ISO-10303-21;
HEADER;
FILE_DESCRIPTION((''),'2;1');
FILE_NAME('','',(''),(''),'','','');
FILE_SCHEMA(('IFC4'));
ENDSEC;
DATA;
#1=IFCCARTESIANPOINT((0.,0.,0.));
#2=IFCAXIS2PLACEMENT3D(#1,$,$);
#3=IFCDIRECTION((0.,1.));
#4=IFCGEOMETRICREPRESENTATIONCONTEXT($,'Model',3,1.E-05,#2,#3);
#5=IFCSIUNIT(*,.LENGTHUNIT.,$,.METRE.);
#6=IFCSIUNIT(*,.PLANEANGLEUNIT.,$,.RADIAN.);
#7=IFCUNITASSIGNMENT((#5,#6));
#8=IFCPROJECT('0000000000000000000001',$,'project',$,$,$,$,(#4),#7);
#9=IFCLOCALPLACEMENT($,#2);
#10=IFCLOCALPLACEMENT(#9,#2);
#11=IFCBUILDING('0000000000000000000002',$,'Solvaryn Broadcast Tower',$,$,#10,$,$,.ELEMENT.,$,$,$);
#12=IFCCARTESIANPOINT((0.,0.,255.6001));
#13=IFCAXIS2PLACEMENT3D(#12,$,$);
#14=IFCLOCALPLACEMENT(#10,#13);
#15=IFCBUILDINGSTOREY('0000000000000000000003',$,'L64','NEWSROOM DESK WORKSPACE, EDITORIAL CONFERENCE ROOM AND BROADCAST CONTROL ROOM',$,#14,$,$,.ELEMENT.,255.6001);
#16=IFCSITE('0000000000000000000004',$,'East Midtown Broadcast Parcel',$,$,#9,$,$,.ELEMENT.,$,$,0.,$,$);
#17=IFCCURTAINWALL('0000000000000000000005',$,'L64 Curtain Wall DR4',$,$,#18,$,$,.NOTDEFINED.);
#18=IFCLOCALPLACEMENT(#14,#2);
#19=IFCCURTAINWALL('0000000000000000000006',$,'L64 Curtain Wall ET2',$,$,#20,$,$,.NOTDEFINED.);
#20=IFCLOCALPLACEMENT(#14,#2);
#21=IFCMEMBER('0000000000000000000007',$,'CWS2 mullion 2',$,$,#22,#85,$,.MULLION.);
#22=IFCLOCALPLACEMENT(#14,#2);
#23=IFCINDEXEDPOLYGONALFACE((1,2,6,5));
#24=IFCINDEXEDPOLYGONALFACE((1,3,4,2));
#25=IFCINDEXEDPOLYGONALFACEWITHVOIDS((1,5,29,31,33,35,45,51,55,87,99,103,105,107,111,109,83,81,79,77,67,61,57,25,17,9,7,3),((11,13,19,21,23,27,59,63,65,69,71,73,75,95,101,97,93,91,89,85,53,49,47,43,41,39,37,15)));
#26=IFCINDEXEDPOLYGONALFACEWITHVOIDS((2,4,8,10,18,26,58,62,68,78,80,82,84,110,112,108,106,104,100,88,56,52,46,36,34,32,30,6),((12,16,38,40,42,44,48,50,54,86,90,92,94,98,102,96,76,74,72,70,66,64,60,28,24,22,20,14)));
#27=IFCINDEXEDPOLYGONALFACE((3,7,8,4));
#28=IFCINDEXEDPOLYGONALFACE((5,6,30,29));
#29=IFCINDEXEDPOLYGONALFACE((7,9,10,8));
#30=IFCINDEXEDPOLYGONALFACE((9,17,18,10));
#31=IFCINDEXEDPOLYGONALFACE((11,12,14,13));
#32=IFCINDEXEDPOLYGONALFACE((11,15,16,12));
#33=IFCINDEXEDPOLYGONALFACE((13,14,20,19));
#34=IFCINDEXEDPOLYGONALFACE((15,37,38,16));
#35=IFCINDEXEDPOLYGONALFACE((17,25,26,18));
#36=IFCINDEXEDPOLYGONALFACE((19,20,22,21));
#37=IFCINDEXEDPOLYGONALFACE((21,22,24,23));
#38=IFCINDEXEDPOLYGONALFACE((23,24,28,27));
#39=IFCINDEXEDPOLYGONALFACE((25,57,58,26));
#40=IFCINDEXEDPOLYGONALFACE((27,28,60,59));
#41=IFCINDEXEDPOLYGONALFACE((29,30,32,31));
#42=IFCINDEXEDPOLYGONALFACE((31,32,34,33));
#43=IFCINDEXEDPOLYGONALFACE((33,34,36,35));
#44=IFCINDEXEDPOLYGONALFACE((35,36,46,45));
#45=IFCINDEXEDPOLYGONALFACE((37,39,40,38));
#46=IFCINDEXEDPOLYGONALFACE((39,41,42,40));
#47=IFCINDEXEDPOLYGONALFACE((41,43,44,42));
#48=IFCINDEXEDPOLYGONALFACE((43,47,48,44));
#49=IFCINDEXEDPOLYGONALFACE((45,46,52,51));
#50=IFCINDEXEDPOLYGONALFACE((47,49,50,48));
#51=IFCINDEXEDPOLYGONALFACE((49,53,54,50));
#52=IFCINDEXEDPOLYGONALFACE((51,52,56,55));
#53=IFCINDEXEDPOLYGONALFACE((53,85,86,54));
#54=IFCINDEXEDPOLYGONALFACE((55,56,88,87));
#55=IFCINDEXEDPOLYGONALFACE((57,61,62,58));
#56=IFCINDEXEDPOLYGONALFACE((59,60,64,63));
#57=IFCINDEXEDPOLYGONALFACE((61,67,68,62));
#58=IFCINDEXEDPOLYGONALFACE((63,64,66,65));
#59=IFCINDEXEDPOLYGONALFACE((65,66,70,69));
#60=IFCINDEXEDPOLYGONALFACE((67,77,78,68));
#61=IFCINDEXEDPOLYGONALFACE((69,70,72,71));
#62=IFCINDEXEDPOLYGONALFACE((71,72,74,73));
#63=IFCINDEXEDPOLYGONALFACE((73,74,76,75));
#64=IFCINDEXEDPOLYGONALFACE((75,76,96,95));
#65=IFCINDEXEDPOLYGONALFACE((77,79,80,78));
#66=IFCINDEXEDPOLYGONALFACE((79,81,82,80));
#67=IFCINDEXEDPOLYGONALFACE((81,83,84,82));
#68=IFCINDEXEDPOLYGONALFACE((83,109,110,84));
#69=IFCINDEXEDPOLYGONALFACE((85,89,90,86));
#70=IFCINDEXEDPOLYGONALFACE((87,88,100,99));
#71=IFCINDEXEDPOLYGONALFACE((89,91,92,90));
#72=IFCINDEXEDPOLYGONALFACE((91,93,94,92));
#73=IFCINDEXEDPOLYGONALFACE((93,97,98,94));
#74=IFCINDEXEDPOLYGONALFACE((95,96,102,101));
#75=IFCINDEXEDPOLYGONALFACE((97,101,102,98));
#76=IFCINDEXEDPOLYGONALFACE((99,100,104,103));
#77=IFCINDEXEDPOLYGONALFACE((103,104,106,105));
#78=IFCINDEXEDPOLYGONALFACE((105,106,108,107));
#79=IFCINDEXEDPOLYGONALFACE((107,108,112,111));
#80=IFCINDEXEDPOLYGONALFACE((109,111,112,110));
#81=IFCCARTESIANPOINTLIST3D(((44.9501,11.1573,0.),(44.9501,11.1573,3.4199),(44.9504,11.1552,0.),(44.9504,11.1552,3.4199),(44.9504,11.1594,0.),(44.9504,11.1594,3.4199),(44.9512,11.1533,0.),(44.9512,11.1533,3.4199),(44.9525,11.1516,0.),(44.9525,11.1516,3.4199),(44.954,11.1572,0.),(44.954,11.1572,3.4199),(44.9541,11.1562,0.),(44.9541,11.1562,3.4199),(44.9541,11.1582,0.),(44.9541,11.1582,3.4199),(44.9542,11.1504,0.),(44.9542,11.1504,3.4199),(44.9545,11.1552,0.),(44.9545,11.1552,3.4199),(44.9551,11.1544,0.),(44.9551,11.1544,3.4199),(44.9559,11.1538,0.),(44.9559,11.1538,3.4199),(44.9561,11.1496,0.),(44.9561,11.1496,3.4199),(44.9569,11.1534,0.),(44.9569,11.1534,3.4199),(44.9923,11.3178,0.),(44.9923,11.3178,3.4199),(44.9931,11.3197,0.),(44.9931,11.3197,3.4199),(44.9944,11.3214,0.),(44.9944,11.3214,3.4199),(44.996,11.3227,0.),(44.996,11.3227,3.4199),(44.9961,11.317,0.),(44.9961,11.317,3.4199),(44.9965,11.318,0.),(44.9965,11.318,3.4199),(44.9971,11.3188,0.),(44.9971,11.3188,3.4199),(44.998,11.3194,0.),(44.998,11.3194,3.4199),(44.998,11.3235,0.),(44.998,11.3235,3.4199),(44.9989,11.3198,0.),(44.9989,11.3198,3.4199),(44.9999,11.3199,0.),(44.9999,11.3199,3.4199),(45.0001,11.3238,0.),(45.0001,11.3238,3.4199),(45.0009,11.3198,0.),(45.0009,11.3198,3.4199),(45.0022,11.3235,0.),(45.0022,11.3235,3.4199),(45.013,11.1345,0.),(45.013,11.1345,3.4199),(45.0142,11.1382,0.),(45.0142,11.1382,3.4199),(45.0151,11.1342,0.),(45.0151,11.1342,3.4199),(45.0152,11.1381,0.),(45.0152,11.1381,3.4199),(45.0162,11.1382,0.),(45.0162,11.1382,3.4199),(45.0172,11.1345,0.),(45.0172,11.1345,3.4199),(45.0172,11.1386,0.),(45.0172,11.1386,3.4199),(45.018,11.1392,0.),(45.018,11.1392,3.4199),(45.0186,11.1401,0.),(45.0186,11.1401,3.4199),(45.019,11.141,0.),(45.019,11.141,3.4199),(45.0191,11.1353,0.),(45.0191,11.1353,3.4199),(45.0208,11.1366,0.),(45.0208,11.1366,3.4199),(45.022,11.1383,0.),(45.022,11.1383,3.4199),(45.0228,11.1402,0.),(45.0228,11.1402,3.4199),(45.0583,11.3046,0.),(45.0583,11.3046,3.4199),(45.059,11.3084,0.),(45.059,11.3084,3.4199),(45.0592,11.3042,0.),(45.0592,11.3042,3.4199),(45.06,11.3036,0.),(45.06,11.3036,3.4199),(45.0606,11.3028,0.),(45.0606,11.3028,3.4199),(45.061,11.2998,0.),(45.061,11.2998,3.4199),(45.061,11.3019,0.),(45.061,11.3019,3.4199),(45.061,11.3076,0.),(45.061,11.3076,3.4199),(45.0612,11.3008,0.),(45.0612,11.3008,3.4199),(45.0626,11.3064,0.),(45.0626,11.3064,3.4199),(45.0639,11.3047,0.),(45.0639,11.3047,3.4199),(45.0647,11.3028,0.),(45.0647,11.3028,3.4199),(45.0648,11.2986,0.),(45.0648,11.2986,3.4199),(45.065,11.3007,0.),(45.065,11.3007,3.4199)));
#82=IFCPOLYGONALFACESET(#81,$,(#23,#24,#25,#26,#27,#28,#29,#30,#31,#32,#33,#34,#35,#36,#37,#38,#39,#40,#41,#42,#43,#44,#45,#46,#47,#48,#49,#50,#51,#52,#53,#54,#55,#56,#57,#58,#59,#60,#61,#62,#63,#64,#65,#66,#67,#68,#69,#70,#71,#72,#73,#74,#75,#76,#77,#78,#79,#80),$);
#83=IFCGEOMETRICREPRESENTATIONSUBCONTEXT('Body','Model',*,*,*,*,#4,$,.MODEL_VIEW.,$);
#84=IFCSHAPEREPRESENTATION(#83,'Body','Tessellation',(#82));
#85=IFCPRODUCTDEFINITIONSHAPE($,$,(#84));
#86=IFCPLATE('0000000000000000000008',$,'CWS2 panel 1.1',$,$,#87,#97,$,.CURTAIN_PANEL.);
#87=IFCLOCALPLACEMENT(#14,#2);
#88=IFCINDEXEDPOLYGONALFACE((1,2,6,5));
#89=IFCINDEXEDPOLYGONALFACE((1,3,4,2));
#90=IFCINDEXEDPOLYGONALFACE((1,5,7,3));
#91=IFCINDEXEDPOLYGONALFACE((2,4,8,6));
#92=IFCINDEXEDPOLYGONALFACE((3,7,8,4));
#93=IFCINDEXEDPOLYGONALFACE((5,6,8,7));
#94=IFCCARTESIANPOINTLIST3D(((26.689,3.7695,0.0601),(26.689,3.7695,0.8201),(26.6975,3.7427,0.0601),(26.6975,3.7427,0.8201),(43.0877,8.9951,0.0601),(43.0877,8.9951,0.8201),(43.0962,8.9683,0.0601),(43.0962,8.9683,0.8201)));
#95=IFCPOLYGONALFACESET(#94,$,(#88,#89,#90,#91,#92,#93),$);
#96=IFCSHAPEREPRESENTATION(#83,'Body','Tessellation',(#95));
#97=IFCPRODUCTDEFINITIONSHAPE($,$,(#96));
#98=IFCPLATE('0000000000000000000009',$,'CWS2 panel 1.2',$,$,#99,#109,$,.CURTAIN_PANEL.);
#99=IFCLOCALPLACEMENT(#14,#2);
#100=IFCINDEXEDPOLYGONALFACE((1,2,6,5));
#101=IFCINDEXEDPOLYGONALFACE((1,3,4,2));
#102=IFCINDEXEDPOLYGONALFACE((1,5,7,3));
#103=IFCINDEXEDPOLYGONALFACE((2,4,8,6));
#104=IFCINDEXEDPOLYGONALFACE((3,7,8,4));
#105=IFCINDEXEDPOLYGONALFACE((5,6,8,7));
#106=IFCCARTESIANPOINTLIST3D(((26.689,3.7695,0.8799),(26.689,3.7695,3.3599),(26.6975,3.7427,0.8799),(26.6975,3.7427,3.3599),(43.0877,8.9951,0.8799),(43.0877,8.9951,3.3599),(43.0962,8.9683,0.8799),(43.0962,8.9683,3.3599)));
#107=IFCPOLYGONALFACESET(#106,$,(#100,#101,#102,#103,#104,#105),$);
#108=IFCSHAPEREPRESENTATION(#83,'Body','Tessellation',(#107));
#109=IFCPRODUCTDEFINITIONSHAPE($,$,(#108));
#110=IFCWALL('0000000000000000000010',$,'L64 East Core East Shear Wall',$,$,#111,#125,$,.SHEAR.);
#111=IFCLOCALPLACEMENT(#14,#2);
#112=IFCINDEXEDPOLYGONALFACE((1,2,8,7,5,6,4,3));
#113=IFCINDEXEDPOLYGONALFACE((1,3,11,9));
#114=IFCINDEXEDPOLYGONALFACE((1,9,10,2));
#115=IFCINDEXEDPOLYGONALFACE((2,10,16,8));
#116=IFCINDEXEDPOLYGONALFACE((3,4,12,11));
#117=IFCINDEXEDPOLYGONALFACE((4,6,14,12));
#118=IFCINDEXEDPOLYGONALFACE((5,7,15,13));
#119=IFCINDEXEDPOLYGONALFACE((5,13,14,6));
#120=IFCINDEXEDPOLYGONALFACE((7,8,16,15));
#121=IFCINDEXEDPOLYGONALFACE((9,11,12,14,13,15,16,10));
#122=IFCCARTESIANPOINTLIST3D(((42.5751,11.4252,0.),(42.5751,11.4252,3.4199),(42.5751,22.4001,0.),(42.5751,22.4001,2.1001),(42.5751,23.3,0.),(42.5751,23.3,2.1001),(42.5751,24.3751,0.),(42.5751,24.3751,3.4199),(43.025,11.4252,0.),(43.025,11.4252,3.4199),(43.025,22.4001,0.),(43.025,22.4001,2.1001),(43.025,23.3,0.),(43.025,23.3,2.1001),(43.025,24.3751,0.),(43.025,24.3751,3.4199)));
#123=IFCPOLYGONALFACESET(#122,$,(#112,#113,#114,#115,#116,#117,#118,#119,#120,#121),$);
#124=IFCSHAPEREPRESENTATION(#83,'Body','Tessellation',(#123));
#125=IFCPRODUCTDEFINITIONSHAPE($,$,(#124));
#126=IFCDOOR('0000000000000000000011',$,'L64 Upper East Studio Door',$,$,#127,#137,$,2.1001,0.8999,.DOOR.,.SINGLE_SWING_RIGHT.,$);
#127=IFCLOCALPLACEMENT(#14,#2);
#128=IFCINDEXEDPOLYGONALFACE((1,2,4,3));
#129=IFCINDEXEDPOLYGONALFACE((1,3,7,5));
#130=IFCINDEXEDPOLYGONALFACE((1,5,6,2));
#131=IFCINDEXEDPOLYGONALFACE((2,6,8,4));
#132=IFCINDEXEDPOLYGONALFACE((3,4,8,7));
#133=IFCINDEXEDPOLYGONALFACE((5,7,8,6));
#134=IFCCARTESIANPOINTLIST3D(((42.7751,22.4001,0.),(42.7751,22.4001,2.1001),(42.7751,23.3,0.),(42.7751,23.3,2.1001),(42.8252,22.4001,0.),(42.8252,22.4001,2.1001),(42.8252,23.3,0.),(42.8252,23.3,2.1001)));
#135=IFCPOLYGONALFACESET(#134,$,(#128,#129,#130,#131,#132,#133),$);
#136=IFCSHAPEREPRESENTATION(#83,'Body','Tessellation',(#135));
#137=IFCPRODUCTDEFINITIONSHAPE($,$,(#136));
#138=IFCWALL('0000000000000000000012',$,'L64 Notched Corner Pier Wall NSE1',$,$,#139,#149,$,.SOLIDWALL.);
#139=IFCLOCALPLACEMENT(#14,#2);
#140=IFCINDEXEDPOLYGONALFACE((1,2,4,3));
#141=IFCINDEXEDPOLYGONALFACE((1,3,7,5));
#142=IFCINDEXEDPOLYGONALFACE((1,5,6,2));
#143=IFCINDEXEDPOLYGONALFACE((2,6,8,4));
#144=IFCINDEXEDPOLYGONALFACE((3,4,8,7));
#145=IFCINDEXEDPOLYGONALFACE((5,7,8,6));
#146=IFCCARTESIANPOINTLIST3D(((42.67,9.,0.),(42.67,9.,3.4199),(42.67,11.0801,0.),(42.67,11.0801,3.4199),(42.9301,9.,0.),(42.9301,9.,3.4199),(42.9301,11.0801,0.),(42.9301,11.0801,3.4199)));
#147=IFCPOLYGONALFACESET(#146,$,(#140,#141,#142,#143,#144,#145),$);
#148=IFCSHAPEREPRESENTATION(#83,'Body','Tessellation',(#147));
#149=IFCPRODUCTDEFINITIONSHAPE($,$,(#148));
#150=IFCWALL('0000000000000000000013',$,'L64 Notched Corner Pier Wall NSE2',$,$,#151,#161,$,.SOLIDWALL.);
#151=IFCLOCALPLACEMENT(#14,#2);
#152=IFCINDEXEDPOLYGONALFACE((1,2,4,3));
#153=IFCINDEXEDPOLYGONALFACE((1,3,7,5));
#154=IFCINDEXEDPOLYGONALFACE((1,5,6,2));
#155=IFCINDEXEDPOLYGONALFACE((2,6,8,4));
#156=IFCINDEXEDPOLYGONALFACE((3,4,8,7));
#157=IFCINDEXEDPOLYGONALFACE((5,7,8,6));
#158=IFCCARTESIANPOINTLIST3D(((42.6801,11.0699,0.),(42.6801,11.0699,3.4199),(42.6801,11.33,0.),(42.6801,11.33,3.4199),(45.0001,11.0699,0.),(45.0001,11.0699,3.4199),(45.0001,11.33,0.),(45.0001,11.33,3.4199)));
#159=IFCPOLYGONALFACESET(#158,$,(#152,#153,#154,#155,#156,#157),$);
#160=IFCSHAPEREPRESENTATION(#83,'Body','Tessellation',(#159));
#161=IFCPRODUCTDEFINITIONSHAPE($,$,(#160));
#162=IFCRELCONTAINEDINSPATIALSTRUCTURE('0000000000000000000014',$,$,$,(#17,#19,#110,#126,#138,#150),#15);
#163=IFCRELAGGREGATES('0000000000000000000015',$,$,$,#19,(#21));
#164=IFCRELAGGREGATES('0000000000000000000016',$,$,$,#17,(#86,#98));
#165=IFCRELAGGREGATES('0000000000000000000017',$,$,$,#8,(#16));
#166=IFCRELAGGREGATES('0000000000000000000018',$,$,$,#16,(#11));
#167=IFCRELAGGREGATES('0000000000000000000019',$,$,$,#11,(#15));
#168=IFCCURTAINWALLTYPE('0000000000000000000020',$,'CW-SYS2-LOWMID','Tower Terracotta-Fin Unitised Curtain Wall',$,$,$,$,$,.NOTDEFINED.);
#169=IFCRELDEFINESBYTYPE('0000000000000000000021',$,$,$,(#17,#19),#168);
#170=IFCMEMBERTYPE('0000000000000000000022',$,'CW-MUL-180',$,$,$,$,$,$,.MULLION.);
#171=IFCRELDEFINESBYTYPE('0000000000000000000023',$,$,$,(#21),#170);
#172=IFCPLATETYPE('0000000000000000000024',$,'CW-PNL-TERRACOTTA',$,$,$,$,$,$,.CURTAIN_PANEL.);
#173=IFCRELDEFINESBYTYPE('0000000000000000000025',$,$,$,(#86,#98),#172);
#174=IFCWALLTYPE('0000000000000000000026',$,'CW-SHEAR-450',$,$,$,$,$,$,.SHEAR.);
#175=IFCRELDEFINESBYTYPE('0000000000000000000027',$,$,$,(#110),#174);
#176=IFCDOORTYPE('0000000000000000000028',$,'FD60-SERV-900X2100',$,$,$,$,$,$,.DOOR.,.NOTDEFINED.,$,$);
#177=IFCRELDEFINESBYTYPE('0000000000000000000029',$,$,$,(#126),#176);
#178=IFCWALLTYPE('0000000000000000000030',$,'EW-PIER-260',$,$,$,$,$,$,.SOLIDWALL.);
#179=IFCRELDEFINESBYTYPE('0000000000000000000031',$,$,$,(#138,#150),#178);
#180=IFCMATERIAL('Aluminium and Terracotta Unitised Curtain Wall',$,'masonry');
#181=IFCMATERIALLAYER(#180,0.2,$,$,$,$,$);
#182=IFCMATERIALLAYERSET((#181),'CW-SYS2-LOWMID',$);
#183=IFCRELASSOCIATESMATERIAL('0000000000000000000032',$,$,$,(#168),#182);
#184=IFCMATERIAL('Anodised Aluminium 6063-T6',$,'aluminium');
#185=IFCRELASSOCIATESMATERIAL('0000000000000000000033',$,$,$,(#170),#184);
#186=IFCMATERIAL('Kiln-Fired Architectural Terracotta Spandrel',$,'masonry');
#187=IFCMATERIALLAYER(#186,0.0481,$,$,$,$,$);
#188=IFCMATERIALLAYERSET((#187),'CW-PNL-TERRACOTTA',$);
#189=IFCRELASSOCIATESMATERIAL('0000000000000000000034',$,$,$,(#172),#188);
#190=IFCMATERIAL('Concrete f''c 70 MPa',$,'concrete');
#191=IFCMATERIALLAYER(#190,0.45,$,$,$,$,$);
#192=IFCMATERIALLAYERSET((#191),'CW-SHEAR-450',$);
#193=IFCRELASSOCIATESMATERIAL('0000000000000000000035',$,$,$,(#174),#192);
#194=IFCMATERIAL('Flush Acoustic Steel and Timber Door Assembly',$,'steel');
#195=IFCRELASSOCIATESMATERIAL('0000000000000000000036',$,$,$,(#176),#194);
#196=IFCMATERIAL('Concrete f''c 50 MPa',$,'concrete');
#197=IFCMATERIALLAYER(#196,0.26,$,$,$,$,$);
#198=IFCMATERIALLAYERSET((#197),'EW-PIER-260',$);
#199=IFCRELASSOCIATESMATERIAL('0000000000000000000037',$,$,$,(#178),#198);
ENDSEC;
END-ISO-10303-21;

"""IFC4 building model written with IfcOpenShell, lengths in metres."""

from ifc_helpers import new_model, si_unit, direction, frame, frame_2d, origin, origin_2d, place, context, subcontext, project, spatial, rectangle, hollow_rectangle, extrude, material, layer, layer_set, material_profile, profile_set, type_object, element, fill, aggregate, save


model = new_model("IFC4")

# Units and contexts
model_context = context("Model", 3, precision=1e-05, world=origin(), true_north=direction((0.0, 1.0)))
body_context = subcontext(model_context, "Body", "Model", "MODEL_VIEW")
ifc_project = project(units=[si_unit("LENGTHUNIT", "METRE"), si_unit("PLANEANGLEUNIT", "RADIAN")], contexts=[model_context])

# Site, building, storey
site_placement = place(None, origin())
site = spatial("IfcSite", under=ifc_project, at=site_placement, Name="East Midtown Broadcast Parcel", CompositionType="ELEMENT", RefElevation=0.0)
building_placement = place(site_placement, origin())
building = spatial("IfcBuilding", under=site, at=building_placement, Name="Solvaryn Broadcast Tower", CompositionType="ELEMENT")
storey_placement = place(building_placement, frame((0.0, 0.0, 255.6001)))
storey = spatial("IfcBuildingStorey", under=building, at=storey_placement, Name="L64", Description="NEWSROOM DESK WORKSPACE, EDITORIAL CONFERENCE ROOM AND BROADCAST CONTROL ROOM", CompositionType="ELEMENT", Elevation=255.6001)

# Curtain walls, member
ifc_material_1 = material(Name="Aluminium and Terracotta Unitised Curtain Wall", Category="masonry")
ifc_layer_1 = layer(ifc_material_1, 0.2)
ifc_layer_set_1 = layer_set([ifc_layer_1], Name="CW-SYS2-LOWMID")
curtain_wall_type = type_object("IfcCurtainWallType", Name="CW-SYS2-LOWMID", Description="Tower Terracotta-Fin Unitised Curtain Wall", PredefinedType="NOTDEFINED", material=ifc_layer_set_1)
curtain_wall_1_placement = place(storey_placement, origin())
curtain_wall_1 = element("IfcCurtainWall", 1, at=curtain_wall_1_placement, inside=storey, type_object=curtain_wall_type, Name="L64 Curtain Wall DR4", PredefinedType="NOTDEFINED")
ifc_material_2 = material(Name="Anodised Aluminium 6063-T6", Category="aluminium")
ifc_material_profile_1 = material_profile(ifc_material_2, hollow_rectangle(XDim=0.075, YDim=0.1799, WallThickness=0.0039, InnerFilletRadius=0.0039, OuterFilletRadius=0.0081, at=origin_2d()))
ifc_profile_set_1 = profile_set([ifc_material_profile_1], Name="Anodised Aluminium 6063-T6")
member_type = type_object("IfcMemberType", Name="CW-MUL-180", PredefinedType="MULLION", material=ifc_profile_set_1)
curtain_wall_2_placement = place(storey_placement, origin())
curtain_wall_2 = element("IfcCurtainWall", 2, at=curtain_wall_2_placement, inside=storey, type_object=curtain_wall_type, Name="L64 Curtain Wall ET2", PredefinedType="NOTDEFINED")
member_1_placement = place(storey_placement, frame((45.0076, 11.229, 0.0), z_axis=(0.0, 0.0, 1.0), x_axis=(0.966705, -0.255893, 0.0)))
member_1 = element("IfcMember", 3, at=member_1_placement, type_object=member_type, Name="CWS2 mullion 2", PredefinedType="MULLION", context=body_context, shape_type="SweptSolid", body=[
    extrude(hollow_rectangle(XDim=0.075, YDim=0.1799, WallThickness=0.0039, InnerFilletRadius=0.0039, OuterFilletRadius=0.0081, at=origin_2d()), origin(), (0.0, 0.0, 1.0), 3.4199),
])
aggregate(curtain_wall_2, [member_1])

# Plates
ifc_material_3 = material(Name="Kiln-Fired Architectural Terracotta Spandrel", Category="masonry")
ifc_layer_2 = layer(ifc_material_3, 0.0481)
ifc_layer_set_2 = layer_set([ifc_layer_2], Name="CW-PNL-TERRACOTTA")
plate_type = type_object("IfcPlateType", Name="CW-PNL-TERRACOTTA", PredefinedType="CURTAIN_PANEL", material=ifc_layer_set_2)
plate_1_placement = place(storey_placement, frame((34.8926, 6.3689, 0.0601), z_axis=(0.0, 0.0, 1.0), x_axis=(0.952795, 0.303616, 0.0)))
plate_1 = element("IfcPlate", 4, at=plate_1_placement, type_object=plate_type, Name="CWS2 panel 1.1", PredefinedType="CURTAIN_PANEL", context=body_context, shape_type="SweptSolid", body=[
    extrude(rectangle(XDim=17.2112, YDim=0.0281, at=origin_2d()), origin(), (0.0, 0.0, 1.0), 0.76),
])
plate_2_placement = place(storey_placement, frame((34.8926, 6.3689, 0.8799), z_axis=(0.0, 0.0, 1.0), x_axis=(0.952795, 0.303616, 0.0)))
plate_2 = element("IfcPlate", 5, at=plate_2_placement, type_object=plate_type, Name="CWS2 panel 1.2", PredefinedType="CURTAIN_PANEL", context=body_context, shape_type="SweptSolid", body=[
    extrude(rectangle(XDim=17.2112, YDim=0.0281, at=origin_2d()), origin(), (0.0, 0.0, 1.0), 2.48),
])
aggregate(curtain_wall_1, [plate_1, plate_2])

# Wall, opening, door
ifc_material_4 = material(Name="Concrete f'c 70 MPa", Category="concrete")
ifc_layer_3 = layer(ifc_material_4, 0.45)
ifc_layer_set_3 = layer_set([ifc_layer_3], Name="CW-SHEAR-450")
wall_type_1 = type_object("IfcWallType", Name="CW-SHEAR-450", PredefinedType="SHEAR", material=ifc_layer_set_3)
wall_1_placement = place(storey_placement, frame((42.8, 11.425, 0.0), z_axis=(0.0, 0.0, 1.0), x_axis=(0.0, 1.0, 0.0)))
wall_1 = element("IfcWall", 6, at=wall_1_placement, inside=storey, type_object=wall_type_1, Name="L64 East Core East Shear Wall", PredefinedType="SHEAR", context=body_context, shape_type="SweptSolid", body=[
    extrude(rectangle(XDim=12.95, YDim=0.45, at=frame_2d((6.4751, 0.0))), origin(), (0.0, 0.0, 1.0), 3.4199),
])
opening_1_placement = place(wall_1_placement, frame((10.9751, 0.0, 0.0)))
opening_1 = element("IfcOpeningElement", 7, at=opening_1_placement, cuts=wall_1, PredefinedType="OPENING", context=body_context, shape_type="SweptSolid", body=[
    extrude(rectangle(XDim=0.8999, YDim=2.1001, at=frame_2d((0.45, 1.05))), frame((0.0, 0.2351, 0.0), z_axis=(0.0, -1.0, 0.0), x_axis=(1.0, 0.0, 0.0)), (0.0, 0.0, 1.0), 0.47),
])
ifc_material_5 = material(Name="Flush Acoustic Steel and Timber Door Assembly", Category="steel")
door_type = type_object("IfcDoorType", Name="FD60-SERV-900X2100", OperationType="NOTDEFINED", PredefinedType="DOOR", material=ifc_material_5)
door_1_placement = place(opening_1_placement, origin())
door_1 = element("IfcDoor", 8, at=door_1_placement, inside=storey, type_object=door_type, Name="L64 Upper East Studio Door", OperationType="SINGLE_SWING_RIGHT", OverallHeight=2.1001, OverallWidth=0.8999, PredefinedType="DOOR", context=body_context, shape_type="SweptSolid", body=[
    extrude(rectangle(XDim=0.8999, YDim=2.1001, at=frame_2d((0.45, 1.05))), frame((0.0, 0.0249, 0.0), z_axis=(0.0, -1.0, 0.0), x_axis=(1.0, 0.0, 0.0)), (0.0, 0.0, 1.0), 0.05),
])
fill(opening_1, door_1)

# Walls
ifc_material_6 = material(Name="Concrete f'c 50 MPa", Category="concrete")
ifc_layer_4 = layer(ifc_material_6, 0.26)
ifc_layer_set_4 = layer_set([ifc_layer_4], Name="EW-PIER-260")
wall_type_2 = type_object("IfcWallType", Name="EW-PIER-260", PredefinedType="SOLIDWALL", material=ifc_layer_set_4)
wall_2_placement = place(storey_placement, frame((42.8, 9.0, 0.0), z_axis=(0.0, 0.0, 1.0), x_axis=(0.0, 1.0, 0.0)))
element("IfcWall", 9, at=wall_2_placement, inside=storey, type_object=wall_type_2, Name="L64 Notched Corner Pier Wall NSE1", PredefinedType="SOLIDWALL", context=body_context, shape_type="SweptSolid", body=[
    extrude(rectangle(XDim=2.0801, YDim=0.26, at=frame_2d((1.04, 0.0))), origin(), (0.0, 0.0, 1.0), 3.4199),
])
wall_3_placement = place(storey_placement, frame((42.6799, 11.2, 0.0), z_axis=(0.0, 0.0, 1.0), x_axis=(1.0, 0.0, 0.0)))
element("IfcWall", 10, at=wall_3_placement, inside=storey, type_object=wall_type_2, Name="L64 Notched Corner Pier Wall NSE2", PredefinedType="SOLIDWALL", context=body_context, shape_type="SweptSolid", body=[
    extrude(rectangle(XDim=2.3201, YDim=0.26, at=frame_2d((1.1602, 0.0))), origin(), (0.0, 0.0, 1.0), 3.4199),
])

save(model, "model.ifc")
